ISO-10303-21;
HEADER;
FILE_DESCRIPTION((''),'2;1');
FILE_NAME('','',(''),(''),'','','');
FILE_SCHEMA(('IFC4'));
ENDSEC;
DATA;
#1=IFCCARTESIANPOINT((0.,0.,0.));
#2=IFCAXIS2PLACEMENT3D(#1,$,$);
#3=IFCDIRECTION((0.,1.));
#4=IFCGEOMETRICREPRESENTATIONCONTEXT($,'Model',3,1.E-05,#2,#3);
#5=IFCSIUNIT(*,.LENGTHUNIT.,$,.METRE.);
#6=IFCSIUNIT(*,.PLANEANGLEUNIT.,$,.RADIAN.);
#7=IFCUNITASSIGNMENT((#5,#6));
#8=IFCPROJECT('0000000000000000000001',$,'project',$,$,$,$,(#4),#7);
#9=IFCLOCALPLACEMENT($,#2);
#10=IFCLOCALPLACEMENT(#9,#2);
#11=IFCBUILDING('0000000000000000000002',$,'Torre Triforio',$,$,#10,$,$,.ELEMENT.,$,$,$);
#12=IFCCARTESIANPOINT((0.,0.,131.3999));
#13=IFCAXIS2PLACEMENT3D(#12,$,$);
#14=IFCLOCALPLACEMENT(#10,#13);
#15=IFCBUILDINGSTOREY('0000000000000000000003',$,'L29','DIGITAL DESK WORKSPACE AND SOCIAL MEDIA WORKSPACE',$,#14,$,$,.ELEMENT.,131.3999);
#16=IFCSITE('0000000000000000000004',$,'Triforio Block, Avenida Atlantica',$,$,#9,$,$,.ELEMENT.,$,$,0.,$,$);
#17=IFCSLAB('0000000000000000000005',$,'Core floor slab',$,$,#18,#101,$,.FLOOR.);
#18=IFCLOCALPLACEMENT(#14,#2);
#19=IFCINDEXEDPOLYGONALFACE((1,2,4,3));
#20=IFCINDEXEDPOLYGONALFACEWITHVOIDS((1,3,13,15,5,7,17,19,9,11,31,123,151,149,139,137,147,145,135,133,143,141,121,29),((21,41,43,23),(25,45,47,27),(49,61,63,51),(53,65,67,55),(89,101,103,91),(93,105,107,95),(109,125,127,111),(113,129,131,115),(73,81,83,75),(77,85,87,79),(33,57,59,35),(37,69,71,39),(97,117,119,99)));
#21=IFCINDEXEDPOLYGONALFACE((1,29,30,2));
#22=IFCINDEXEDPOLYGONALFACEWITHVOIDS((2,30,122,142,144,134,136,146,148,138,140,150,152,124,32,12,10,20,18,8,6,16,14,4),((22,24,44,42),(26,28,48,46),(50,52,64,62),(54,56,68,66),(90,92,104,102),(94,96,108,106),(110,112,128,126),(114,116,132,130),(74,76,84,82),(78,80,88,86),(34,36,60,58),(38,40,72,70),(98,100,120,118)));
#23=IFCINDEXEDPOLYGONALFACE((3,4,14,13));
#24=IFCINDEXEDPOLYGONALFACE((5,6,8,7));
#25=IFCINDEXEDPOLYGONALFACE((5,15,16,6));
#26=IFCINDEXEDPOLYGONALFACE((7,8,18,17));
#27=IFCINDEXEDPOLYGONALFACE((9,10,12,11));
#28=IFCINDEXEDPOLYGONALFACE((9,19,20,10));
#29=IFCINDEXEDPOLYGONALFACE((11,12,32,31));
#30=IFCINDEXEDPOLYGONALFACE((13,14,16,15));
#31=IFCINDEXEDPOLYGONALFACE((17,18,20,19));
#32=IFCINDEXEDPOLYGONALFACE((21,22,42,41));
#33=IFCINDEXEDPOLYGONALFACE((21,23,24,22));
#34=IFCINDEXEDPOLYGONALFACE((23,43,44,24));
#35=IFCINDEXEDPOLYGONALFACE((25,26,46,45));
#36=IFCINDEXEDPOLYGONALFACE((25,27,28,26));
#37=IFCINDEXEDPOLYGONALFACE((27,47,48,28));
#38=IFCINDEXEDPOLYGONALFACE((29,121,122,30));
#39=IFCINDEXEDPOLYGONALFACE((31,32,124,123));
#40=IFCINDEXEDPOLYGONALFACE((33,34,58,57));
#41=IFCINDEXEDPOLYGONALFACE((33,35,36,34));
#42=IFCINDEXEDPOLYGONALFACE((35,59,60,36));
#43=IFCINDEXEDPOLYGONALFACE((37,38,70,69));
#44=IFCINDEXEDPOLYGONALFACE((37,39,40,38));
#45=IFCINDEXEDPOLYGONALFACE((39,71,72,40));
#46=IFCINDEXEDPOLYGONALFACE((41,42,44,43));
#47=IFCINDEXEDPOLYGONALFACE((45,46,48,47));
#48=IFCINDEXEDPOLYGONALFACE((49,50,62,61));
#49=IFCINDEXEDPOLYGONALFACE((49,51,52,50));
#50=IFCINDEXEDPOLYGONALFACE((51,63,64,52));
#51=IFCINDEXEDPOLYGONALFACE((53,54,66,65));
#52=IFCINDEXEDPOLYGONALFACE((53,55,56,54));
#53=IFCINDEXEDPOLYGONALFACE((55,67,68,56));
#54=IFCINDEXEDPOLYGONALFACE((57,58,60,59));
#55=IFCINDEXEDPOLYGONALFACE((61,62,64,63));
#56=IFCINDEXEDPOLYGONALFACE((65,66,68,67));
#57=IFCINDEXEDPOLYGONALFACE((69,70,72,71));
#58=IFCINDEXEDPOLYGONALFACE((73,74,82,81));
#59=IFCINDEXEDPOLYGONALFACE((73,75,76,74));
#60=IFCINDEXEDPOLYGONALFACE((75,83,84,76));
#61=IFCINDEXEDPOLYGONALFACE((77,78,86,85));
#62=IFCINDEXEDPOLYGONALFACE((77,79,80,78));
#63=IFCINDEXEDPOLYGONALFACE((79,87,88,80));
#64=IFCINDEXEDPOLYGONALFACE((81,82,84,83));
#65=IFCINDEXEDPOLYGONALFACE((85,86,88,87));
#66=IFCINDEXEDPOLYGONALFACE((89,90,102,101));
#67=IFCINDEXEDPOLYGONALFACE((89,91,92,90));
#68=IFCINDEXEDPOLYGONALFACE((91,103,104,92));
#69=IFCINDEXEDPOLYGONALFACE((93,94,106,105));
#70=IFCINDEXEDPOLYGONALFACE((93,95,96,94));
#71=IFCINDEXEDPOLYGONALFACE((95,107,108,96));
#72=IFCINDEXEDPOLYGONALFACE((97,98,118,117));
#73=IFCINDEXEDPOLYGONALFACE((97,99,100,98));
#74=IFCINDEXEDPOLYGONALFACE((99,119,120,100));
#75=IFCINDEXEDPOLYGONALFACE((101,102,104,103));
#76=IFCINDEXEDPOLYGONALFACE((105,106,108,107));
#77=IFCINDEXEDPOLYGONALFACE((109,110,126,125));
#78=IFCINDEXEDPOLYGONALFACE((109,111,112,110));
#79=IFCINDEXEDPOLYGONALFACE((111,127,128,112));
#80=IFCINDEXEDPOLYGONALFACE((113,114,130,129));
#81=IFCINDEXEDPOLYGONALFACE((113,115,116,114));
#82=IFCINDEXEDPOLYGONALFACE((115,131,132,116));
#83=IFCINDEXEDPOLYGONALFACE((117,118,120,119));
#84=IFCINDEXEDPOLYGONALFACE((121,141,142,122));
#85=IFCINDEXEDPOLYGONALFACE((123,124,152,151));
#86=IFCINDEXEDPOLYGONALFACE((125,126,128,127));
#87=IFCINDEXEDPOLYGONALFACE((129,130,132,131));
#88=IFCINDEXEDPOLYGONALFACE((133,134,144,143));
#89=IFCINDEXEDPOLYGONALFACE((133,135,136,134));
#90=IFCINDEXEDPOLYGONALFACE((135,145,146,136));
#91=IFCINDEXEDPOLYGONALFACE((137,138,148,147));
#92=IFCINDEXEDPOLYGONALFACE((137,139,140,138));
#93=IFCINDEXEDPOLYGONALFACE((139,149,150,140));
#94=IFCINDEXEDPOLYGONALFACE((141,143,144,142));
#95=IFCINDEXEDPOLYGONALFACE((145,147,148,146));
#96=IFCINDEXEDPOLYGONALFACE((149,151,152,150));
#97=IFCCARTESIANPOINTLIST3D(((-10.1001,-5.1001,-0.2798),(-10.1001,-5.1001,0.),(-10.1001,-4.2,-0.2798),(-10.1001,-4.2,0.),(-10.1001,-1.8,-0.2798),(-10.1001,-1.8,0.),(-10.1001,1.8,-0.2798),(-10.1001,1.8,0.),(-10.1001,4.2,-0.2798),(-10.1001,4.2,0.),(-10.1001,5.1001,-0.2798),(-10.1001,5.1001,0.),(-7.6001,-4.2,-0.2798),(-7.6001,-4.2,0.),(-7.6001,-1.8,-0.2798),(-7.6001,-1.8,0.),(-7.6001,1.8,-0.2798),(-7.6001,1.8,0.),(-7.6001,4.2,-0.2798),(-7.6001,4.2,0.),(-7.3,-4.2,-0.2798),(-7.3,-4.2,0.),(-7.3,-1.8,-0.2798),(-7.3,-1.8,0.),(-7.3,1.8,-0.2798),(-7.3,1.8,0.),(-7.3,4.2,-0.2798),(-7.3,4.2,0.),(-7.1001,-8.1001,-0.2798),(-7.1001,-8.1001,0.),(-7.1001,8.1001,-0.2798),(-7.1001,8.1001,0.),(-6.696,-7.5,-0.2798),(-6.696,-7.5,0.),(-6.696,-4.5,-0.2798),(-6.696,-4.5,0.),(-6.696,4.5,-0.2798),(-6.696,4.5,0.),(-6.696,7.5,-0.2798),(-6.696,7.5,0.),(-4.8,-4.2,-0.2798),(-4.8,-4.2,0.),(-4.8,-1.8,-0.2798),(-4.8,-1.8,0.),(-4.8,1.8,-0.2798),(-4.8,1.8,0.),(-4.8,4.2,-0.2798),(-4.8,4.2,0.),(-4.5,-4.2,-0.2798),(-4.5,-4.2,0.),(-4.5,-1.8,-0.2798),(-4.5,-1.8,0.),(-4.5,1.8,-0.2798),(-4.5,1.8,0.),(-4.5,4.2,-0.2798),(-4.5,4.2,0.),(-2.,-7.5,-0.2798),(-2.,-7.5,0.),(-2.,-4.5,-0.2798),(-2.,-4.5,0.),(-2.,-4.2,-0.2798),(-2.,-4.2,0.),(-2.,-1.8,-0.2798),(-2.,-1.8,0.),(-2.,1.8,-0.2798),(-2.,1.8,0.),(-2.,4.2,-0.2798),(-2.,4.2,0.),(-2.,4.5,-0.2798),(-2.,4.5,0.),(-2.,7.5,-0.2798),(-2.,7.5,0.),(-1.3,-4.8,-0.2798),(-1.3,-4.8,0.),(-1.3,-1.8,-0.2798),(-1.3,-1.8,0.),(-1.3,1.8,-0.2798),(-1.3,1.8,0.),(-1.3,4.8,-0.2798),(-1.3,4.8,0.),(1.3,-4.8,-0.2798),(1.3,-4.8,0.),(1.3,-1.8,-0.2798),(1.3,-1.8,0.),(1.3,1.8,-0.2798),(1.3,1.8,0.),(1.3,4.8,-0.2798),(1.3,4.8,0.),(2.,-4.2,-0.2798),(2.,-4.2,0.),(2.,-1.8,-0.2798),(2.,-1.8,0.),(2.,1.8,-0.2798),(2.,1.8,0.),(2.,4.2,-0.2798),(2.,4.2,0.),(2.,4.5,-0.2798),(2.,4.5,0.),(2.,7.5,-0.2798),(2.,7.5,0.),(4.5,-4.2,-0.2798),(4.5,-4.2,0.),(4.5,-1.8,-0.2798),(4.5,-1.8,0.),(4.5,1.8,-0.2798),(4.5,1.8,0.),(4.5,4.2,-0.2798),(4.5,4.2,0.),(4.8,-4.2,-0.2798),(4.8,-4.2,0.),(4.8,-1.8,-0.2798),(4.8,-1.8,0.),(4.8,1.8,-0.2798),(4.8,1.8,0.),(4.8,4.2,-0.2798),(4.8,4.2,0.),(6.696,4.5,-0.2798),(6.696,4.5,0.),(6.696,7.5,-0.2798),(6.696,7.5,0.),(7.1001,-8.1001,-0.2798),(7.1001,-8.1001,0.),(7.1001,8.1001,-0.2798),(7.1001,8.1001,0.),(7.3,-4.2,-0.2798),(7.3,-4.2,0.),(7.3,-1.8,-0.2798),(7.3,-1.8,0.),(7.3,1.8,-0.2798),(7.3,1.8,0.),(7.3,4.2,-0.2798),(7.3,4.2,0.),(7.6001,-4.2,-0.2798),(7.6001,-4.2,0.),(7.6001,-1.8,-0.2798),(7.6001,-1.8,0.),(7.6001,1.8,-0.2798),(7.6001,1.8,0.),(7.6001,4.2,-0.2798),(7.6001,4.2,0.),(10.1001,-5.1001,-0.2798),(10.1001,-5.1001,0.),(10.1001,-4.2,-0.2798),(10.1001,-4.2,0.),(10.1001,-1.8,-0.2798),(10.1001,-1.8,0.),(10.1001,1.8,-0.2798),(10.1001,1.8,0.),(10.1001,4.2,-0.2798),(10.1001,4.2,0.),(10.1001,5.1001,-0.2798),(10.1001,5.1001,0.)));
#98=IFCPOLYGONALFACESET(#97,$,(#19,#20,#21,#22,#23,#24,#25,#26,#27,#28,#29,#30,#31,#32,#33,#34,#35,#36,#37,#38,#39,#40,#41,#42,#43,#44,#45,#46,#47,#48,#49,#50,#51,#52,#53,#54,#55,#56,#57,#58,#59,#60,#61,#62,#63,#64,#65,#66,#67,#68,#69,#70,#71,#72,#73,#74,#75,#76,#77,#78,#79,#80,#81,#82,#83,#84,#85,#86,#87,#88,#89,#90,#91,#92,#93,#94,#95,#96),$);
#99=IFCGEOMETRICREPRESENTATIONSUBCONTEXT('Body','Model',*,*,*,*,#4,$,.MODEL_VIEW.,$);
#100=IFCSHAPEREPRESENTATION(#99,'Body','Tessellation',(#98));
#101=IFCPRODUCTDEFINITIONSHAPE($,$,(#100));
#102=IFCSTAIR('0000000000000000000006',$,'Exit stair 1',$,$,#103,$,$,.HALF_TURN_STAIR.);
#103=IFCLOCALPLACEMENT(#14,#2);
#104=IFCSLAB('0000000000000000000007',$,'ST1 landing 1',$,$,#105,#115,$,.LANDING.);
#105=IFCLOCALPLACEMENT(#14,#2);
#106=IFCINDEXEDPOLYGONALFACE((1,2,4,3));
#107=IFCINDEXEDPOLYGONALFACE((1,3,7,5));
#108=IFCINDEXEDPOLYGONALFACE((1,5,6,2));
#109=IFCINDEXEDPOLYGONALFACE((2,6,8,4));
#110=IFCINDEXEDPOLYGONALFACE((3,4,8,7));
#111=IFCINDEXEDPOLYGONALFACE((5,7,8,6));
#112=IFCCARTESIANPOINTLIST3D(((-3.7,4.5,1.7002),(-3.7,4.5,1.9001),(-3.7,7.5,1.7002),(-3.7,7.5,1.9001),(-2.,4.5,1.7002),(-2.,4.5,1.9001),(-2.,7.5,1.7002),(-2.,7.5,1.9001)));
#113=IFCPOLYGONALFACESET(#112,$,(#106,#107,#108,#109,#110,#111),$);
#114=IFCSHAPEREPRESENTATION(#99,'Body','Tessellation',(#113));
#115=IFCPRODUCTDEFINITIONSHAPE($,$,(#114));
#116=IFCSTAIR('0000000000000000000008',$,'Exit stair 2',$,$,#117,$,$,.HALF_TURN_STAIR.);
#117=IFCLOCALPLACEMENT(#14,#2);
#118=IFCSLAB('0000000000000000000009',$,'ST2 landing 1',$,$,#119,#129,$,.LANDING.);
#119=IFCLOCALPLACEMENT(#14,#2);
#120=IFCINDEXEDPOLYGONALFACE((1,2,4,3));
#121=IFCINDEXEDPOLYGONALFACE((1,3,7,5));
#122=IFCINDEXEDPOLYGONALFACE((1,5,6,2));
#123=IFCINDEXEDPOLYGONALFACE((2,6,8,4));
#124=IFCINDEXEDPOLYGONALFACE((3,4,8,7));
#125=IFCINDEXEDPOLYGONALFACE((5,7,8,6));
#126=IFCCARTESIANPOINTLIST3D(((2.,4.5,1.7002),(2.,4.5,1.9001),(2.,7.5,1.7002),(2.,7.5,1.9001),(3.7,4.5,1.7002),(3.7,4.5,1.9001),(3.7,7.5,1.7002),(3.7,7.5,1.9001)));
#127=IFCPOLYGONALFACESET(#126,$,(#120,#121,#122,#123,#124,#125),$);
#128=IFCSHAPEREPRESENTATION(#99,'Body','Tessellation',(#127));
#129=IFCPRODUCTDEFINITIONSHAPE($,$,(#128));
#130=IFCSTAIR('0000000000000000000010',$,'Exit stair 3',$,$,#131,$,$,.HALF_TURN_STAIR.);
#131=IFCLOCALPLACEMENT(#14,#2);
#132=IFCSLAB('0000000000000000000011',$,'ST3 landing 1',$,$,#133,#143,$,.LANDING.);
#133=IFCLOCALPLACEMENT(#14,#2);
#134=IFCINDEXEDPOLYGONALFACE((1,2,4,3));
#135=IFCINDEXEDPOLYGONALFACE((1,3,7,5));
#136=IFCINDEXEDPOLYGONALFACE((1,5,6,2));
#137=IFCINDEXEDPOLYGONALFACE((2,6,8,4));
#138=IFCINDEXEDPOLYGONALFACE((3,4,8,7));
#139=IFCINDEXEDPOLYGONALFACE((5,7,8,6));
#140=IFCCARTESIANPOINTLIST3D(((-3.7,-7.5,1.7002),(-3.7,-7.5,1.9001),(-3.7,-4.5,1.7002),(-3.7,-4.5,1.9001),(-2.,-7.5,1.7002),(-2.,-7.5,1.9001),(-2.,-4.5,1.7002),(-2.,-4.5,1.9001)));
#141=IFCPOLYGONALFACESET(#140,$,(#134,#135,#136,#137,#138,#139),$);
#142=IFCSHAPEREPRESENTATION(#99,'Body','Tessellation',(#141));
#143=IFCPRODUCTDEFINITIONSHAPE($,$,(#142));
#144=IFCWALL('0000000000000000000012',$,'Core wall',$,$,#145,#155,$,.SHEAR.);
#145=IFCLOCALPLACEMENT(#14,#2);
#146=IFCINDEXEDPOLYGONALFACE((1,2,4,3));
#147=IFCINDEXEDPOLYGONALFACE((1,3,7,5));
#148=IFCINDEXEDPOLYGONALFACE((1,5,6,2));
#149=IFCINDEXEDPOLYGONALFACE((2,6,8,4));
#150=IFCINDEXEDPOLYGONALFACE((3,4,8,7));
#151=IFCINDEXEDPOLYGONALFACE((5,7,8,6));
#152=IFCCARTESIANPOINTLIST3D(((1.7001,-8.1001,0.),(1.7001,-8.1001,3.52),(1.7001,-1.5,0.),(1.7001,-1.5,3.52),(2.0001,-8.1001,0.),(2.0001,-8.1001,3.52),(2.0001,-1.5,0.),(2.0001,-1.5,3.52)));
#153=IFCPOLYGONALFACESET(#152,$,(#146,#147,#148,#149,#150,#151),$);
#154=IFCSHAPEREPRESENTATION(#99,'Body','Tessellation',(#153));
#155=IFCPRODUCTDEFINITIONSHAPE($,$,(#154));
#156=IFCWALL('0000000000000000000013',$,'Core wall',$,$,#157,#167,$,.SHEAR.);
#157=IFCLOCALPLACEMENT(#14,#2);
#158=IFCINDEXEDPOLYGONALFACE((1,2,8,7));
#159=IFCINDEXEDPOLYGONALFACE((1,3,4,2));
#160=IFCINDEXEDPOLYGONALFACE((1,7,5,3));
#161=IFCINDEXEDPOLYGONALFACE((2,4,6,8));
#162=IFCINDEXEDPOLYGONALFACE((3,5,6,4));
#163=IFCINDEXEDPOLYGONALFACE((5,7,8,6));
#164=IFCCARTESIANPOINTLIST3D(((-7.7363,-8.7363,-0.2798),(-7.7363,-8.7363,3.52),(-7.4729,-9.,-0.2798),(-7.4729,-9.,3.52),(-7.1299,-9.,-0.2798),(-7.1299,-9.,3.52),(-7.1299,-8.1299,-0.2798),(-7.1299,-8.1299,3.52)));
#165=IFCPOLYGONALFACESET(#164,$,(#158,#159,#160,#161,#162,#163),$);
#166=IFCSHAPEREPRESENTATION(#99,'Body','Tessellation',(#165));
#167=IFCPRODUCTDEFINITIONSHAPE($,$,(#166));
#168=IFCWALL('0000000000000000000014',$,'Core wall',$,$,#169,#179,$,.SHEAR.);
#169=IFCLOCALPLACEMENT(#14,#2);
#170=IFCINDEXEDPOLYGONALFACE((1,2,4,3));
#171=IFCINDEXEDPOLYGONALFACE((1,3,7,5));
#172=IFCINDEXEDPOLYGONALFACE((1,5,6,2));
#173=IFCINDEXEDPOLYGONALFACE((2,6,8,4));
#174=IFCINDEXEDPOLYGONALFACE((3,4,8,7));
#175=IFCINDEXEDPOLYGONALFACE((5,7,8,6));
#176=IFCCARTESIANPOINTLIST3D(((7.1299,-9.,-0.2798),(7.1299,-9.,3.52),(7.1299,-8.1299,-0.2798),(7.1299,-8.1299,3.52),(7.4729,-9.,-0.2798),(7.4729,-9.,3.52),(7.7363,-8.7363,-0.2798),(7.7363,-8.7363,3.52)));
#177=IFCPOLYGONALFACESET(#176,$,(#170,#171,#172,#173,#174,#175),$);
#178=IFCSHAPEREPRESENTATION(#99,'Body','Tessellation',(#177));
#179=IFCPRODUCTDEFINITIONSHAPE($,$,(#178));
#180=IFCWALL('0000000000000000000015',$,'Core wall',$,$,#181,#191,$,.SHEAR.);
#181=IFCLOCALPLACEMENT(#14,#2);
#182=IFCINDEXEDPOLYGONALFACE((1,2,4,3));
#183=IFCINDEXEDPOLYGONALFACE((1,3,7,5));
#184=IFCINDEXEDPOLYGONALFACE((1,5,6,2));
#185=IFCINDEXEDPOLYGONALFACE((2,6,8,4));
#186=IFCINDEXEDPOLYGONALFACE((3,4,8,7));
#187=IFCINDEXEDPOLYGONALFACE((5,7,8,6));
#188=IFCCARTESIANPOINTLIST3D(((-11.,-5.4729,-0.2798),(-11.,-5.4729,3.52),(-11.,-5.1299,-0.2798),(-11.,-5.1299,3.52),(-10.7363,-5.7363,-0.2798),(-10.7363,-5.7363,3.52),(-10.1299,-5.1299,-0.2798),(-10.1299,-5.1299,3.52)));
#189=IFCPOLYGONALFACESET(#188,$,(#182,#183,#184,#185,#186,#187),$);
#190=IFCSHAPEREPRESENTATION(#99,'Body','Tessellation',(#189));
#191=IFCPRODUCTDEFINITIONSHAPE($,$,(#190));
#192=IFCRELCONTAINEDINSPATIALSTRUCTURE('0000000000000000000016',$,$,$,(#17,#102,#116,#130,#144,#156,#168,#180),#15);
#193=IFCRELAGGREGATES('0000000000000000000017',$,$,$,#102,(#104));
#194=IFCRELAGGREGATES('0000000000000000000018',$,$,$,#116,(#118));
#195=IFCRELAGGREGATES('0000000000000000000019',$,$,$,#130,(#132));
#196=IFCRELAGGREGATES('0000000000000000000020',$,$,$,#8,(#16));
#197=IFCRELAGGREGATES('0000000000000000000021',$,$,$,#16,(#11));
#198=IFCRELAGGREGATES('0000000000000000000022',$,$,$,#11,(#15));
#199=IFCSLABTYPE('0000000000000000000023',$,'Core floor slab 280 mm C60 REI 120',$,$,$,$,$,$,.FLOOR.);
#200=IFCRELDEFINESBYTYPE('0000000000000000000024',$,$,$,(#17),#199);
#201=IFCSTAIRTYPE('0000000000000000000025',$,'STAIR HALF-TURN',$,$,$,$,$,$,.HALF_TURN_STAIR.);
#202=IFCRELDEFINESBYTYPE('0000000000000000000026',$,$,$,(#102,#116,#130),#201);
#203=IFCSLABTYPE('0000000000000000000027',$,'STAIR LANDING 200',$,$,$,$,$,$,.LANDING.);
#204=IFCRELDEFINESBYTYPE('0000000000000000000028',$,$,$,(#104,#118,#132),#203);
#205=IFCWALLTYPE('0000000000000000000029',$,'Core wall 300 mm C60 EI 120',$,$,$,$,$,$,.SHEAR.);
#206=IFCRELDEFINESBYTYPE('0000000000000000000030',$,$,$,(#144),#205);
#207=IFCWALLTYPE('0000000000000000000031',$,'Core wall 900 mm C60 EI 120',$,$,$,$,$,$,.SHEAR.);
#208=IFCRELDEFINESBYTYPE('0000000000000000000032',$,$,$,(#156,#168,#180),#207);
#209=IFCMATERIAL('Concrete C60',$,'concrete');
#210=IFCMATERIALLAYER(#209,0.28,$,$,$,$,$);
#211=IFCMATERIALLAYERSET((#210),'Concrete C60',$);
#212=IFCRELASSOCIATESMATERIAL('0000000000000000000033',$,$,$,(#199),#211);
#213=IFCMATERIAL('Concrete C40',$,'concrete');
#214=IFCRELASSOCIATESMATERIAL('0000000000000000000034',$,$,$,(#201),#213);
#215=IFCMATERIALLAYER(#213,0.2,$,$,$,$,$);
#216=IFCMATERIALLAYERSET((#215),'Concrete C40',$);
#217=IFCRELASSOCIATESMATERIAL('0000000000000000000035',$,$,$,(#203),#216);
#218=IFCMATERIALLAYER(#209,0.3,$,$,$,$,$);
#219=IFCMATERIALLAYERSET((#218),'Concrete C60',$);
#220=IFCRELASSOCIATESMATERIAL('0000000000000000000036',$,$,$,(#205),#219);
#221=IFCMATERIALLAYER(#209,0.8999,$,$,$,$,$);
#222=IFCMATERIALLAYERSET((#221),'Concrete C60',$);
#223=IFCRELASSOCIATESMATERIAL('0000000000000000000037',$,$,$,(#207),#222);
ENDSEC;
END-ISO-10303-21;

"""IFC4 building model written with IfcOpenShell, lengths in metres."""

from ifc_helpers import new_model, si_unit, direction, frame, frame_2d, origin, place, context, subcontext, project, spatial, polyline, rectangle, outline, extrude, material, layer, layer_set, type_object, element, aggregate, save


model = new_model("IFC4")

# Units and contexts
model_context = context("Model", 3, precision=1e-05, world=origin(), true_north=direction((0.0, 1.0)))
body_context = subcontext(model_context, "Body", "Model", "MODEL_VIEW")
ifc_project = project(units=[si_unit("LENGTHUNIT", "METRE"), si_unit("PLANEANGLEUNIT", "RADIAN")], contexts=[model_context])

# Site, building, storey
site_placement = place(None, origin())
site = spatial("IfcSite", under=ifc_project, at=site_placement, Name="Triforio Block, Avenida Atlantica", CompositionType="ELEMENT", RefElevation=0.0)
building_placement = place(site_placement, origin())
building = spatial("IfcBuilding", under=site, at=building_placement, Name="Torre Triforio", CompositionType="ELEMENT")
storey_placement = place(building_placement, frame((0.0, 0.0, 131.3999)))
storey = spatial("IfcBuildingStorey", under=building, at=storey_placement, Name="L29", Description="DIGITAL DESK WORKSPACE AND SOCIAL MEDIA WORKSPACE", CompositionType="ELEMENT", Elevation=131.3999)

# Slab
ifc_material_1 = material(Name="Concrete C60", Category="concrete")
ifc_layer_1 = layer(ifc_material_1, 0.28)
ifc_layer_set_1 = layer_set([ifc_layer_1], Name="Concrete C60")
slab_type_1 = type_object("IfcSlabType", Name="Core floor slab 280 mm C60 REI 120", PredefinedType="FLOOR", material=ifc_layer_set_1)
slab_1_placement = place(storey_placement, frame((0.0, 0.0, -0.2798)))
element("IfcSlab", 1, at=slab_1_placement, inside=storey, type_object=slab_type_1, Name="Core floor slab", PredefinedType="FLOOR", context=body_context, shape_type="SweptSolid", body=[
    extrude(outline(polyline([(10.1001, -5.1001), (7.1001, -8.1001), (-7.1001, -8.1001), (-10.1001, -5.1001), (-10.1001, -4.2), (-7.6001, -4.2), (-7.6001, -1.8), (-10.1001, -1.8), (-10.1001, 1.8), (-7.6001, 1.8), (-7.6001, 4.2), (-10.1001, 4.2), (-10.1001, 5.1001), (-7.1001, 8.1001), (7.1001, 8.1001), (10.1001, 5.1001), (10.1001, 4.2), (7.6001, 4.2), (7.6001, 1.8), (10.1001, 1.8), (10.1001, -1.8), (7.6001, -1.8), (7.6001, -4.2), (10.1001, -4.2), (10.1001, -5.1001)]), holes=[polyline([(-2.0, -4.5), (-6.696, -4.5), (-6.696, -7.5), (-2.0, -7.5), (-2.0, -4.5)]), polyline([(-4.8, -1.8), (-7.3, -1.8), (-7.3, -4.2), (-4.8, -4.2), (-4.8, -1.8)]), polyline([(-2.0, -1.8), (-4.5, -1.8), (-4.5, -4.2), (-2.0, -4.2), (-2.0, -1.8)]), polyline([(-4.8, 4.2), (-7.3, 4.2), (-7.3, 1.8), (-4.8, 1.8), (-4.8, 4.2)]), polyline([(-2.0, 4.2), (-4.5, 4.2), (-4.5, 1.8), (-2.0, 1.8), (-2.0, 4.2)]), polyline([(1.3, 4.8), (-1.3, 4.8), (-1.3, 1.8), (1.3, 1.8), (1.3, 4.8)]), polyline([(-2.0, 7.5), (-6.696, 7.5), (-6.696, 4.5), (-2.0, 4.5), (-2.0, 7.5)]), polyline([(1.3, -1.8), (-1.3, -1.8), (-1.3, -4.8), (1.3, -4.8), (1.3, -1.8)]), polyline([(4.5, -1.8), (2.0, -1.8), (2.0, -4.2), (4.5, -4.2), (4.5, -1.8)]), polyline([(7.3, -1.8), (4.8, -1.8), (4.8, -4.2), (7.3, -4.2), (7.3, -1.8)]), polyline([(4.5, 4.2), (2.0, 4.2), (2.0, 1.8), (4.5, 1.8), (4.5, 4.2)]), polyline([(7.3, 4.2), (4.8, 4.2), (4.8, 1.8), (7.3, 1.8), (7.3, 4.2)]), polyline([(6.696, 4.5), (6.696, 7.5), (2.0, 7.5), (2.0, 4.5), (6.696, 4.5)])]), origin(), (0.0, 0.0, 1.0), 0.2798),
])

# Stairs, slabs
ifc_material_2 = material(Name="Concrete C40", Category="concrete")
stair_type = type_object("IfcStairType", Name="STAIR HALF-TURN", PredefinedType="HALF_TURN_STAIR", material=ifc_material_2)
stair_1_placement = place(storey_placement, origin())
stair_1 = element("IfcStair", 2, at=stair_1_placement, inside=storey, type_object=stair_type, Name="Exit stair 1", PredefinedType="HALF_TURN_STAIR")
ifc_layer_2 = layer(ifc_material_2, 0.2)
ifc_layer_set_2 = layer_set([ifc_layer_2], Name="Concrete C40")
slab_type_2 = type_object("IfcSlabType", Name="STAIR LANDING 200", PredefinedType="LANDING", material=ifc_layer_set_2)
slab_2_placement = place(storey_placement, frame((0.0, 0.0, 1.7002)))
slab_2 = element("IfcSlab", 3, at=slab_2_placement, type_object=slab_type_2, Name="ST1 landing 1", PredefinedType="LANDING", context=body_context, shape_type="SweptSolid", body=[
    extrude(outline(polyline([(-2.0, 4.5), (-2.0, 7.5), (-3.7, 7.5), (-3.7, 4.5), (-2.0, 4.5)])), origin(), (0.0, 0.0, 1.0), 0.2),
])
aggregate(stair_1, [slab_2])
stair_2_placement = place(storey_placement, origin())
stair_2 = element("IfcStair", 4, at=stair_2_placement, inside=storey, type_object=stair_type, Name="Exit stair 2", PredefinedType="HALF_TURN_STAIR")
slab_3_placement = place(storey_placement, frame((0.0, 0.0, 1.7002)))
slab_3 = element("IfcSlab", 5, at=slab_3_placement, type_object=slab_type_2, Name="ST2 landing 1", PredefinedType="LANDING", context=body_context, shape_type="SweptSolid", body=[
    extrude(outline(polyline([(3.7, 4.5), (3.7, 7.5), (2.0, 7.5), (2.0, 4.5), (3.7, 4.5)])), origin(), (0.0, 0.0, 1.0), 0.2),
])
aggregate(stair_2, [slab_3])
stair_3_placement = place(storey_placement, origin())
stair_3 = element("IfcStair", 6, at=stair_3_placement, inside=storey, type_object=stair_type, Name="Exit stair 3", PredefinedType="HALF_TURN_STAIR")
slab_4_placement = place(storey_placement, frame((0.0, 0.0, 1.7002)))
slab_4 = element("IfcSlab", 7, at=slab_4_placement, type_object=slab_type_2, Name="ST3 landing 1", PredefinedType="LANDING", context=body_context, shape_type="SweptSolid", body=[
    extrude(outline(polyline([(-2.0, -7.5), (-2.0, -4.5), (-3.7, -4.5), (-3.7, -7.5), (-2.0, -7.5)])), origin(), (0.0, 0.0, 1.0), 0.2),
])
aggregate(stair_3, [slab_4])

# Walls
ifc_layer_3 = layer(ifc_material_1, 0.3)
ifc_layer_set_3 = layer_set([ifc_layer_3], Name="Concrete C60")
wall_type_1 = type_object("IfcWallType", Name="Core wall 300 mm C60 EI 120", PredefinedType="SHEAR", material=ifc_layer_set_3)
wall_1_placement = place(storey_placement, frame((1.8501, -8.1001, 0.0), z_axis=(0.0, 0.0, 1.0), x_axis=(0.0, 1.0, 0.0)))
element("IfcWall", 8, at=wall_1_placement, inside=storey, type_object=wall_type_1, Name="Core wall", PredefinedType="SHEAR", context=body_context, shape_type="SweptSolid", body=[
    extrude(rectangle(XDim=6.6001, YDim=0.3, at=frame_2d((3.3, 0.0))), origin(), (0.0, 0.0, 1.0), 3.52),
])
ifc_layer_4 = layer(ifc_material_1, 0.8999)
ifc_layer_set_4 = layer_set([ifc_layer_4], Name="Concrete C60")
wall_type_2 = type_object("IfcWallType", Name="Core wall 900 mm C60 EI 120", PredefinedType="SHEAR", material=ifc_layer_set_4)
wall_2_placement = place(storey_placement, frame((0.0, 0.0, -0.2798)))
element("IfcWall", 9, at=wall_2_placement, inside=storey, type_object=wall_type_2, Name="Core wall", PredefinedType="SHEAR", context=body_context, shape_type="SweptSolid", body=[
    extrude(outline(polyline([(-7.4729, -9.0), (-7.7363, -8.7363), (-7.1299, -8.1299), (-7.1299, -9.0), (-7.4729, -9.0)])), origin(), (0.0, 0.0, 1.0), 3.7998),
])
wall_3_placement = place(storey_placement, frame((0.0, 0.0, -0.2798)))
element("IfcWall", 10, at=wall_3_placement, inside=storey, type_object=wall_type_2, Name="Core wall", PredefinedType="SHEAR", context=body_context, shape_type="SweptSolid", body=[
    extrude(outline(polyline([(7.4729, -9.0), (7.1299, -9.0), (7.1299, -8.1299), (7.7363, -8.7363), (7.4729, -9.0)])), origin(), (0.0, 0.0, 1.0), 3.7998),
])
wall_4_placement = place(storey_placement, frame((0.0, 0.0, -0.2798)))
element("IfcWall", 11, at=wall_4_placement, inside=storey, type_object=wall_type_2, Name="Core wall", PredefinedType="SHEAR", context=body_context, shape_type="SweptSolid", body=[
    extrude(outline(polyline([(-11.0, -5.4729), (-11.0, -5.1299), (-10.1299, -5.1299), (-10.7363, -5.7363), (-11.0, -5.4729)])), origin(), (0.0, 0.0, 1.0), 3.7998),
])

save(model, "model.ifc")
